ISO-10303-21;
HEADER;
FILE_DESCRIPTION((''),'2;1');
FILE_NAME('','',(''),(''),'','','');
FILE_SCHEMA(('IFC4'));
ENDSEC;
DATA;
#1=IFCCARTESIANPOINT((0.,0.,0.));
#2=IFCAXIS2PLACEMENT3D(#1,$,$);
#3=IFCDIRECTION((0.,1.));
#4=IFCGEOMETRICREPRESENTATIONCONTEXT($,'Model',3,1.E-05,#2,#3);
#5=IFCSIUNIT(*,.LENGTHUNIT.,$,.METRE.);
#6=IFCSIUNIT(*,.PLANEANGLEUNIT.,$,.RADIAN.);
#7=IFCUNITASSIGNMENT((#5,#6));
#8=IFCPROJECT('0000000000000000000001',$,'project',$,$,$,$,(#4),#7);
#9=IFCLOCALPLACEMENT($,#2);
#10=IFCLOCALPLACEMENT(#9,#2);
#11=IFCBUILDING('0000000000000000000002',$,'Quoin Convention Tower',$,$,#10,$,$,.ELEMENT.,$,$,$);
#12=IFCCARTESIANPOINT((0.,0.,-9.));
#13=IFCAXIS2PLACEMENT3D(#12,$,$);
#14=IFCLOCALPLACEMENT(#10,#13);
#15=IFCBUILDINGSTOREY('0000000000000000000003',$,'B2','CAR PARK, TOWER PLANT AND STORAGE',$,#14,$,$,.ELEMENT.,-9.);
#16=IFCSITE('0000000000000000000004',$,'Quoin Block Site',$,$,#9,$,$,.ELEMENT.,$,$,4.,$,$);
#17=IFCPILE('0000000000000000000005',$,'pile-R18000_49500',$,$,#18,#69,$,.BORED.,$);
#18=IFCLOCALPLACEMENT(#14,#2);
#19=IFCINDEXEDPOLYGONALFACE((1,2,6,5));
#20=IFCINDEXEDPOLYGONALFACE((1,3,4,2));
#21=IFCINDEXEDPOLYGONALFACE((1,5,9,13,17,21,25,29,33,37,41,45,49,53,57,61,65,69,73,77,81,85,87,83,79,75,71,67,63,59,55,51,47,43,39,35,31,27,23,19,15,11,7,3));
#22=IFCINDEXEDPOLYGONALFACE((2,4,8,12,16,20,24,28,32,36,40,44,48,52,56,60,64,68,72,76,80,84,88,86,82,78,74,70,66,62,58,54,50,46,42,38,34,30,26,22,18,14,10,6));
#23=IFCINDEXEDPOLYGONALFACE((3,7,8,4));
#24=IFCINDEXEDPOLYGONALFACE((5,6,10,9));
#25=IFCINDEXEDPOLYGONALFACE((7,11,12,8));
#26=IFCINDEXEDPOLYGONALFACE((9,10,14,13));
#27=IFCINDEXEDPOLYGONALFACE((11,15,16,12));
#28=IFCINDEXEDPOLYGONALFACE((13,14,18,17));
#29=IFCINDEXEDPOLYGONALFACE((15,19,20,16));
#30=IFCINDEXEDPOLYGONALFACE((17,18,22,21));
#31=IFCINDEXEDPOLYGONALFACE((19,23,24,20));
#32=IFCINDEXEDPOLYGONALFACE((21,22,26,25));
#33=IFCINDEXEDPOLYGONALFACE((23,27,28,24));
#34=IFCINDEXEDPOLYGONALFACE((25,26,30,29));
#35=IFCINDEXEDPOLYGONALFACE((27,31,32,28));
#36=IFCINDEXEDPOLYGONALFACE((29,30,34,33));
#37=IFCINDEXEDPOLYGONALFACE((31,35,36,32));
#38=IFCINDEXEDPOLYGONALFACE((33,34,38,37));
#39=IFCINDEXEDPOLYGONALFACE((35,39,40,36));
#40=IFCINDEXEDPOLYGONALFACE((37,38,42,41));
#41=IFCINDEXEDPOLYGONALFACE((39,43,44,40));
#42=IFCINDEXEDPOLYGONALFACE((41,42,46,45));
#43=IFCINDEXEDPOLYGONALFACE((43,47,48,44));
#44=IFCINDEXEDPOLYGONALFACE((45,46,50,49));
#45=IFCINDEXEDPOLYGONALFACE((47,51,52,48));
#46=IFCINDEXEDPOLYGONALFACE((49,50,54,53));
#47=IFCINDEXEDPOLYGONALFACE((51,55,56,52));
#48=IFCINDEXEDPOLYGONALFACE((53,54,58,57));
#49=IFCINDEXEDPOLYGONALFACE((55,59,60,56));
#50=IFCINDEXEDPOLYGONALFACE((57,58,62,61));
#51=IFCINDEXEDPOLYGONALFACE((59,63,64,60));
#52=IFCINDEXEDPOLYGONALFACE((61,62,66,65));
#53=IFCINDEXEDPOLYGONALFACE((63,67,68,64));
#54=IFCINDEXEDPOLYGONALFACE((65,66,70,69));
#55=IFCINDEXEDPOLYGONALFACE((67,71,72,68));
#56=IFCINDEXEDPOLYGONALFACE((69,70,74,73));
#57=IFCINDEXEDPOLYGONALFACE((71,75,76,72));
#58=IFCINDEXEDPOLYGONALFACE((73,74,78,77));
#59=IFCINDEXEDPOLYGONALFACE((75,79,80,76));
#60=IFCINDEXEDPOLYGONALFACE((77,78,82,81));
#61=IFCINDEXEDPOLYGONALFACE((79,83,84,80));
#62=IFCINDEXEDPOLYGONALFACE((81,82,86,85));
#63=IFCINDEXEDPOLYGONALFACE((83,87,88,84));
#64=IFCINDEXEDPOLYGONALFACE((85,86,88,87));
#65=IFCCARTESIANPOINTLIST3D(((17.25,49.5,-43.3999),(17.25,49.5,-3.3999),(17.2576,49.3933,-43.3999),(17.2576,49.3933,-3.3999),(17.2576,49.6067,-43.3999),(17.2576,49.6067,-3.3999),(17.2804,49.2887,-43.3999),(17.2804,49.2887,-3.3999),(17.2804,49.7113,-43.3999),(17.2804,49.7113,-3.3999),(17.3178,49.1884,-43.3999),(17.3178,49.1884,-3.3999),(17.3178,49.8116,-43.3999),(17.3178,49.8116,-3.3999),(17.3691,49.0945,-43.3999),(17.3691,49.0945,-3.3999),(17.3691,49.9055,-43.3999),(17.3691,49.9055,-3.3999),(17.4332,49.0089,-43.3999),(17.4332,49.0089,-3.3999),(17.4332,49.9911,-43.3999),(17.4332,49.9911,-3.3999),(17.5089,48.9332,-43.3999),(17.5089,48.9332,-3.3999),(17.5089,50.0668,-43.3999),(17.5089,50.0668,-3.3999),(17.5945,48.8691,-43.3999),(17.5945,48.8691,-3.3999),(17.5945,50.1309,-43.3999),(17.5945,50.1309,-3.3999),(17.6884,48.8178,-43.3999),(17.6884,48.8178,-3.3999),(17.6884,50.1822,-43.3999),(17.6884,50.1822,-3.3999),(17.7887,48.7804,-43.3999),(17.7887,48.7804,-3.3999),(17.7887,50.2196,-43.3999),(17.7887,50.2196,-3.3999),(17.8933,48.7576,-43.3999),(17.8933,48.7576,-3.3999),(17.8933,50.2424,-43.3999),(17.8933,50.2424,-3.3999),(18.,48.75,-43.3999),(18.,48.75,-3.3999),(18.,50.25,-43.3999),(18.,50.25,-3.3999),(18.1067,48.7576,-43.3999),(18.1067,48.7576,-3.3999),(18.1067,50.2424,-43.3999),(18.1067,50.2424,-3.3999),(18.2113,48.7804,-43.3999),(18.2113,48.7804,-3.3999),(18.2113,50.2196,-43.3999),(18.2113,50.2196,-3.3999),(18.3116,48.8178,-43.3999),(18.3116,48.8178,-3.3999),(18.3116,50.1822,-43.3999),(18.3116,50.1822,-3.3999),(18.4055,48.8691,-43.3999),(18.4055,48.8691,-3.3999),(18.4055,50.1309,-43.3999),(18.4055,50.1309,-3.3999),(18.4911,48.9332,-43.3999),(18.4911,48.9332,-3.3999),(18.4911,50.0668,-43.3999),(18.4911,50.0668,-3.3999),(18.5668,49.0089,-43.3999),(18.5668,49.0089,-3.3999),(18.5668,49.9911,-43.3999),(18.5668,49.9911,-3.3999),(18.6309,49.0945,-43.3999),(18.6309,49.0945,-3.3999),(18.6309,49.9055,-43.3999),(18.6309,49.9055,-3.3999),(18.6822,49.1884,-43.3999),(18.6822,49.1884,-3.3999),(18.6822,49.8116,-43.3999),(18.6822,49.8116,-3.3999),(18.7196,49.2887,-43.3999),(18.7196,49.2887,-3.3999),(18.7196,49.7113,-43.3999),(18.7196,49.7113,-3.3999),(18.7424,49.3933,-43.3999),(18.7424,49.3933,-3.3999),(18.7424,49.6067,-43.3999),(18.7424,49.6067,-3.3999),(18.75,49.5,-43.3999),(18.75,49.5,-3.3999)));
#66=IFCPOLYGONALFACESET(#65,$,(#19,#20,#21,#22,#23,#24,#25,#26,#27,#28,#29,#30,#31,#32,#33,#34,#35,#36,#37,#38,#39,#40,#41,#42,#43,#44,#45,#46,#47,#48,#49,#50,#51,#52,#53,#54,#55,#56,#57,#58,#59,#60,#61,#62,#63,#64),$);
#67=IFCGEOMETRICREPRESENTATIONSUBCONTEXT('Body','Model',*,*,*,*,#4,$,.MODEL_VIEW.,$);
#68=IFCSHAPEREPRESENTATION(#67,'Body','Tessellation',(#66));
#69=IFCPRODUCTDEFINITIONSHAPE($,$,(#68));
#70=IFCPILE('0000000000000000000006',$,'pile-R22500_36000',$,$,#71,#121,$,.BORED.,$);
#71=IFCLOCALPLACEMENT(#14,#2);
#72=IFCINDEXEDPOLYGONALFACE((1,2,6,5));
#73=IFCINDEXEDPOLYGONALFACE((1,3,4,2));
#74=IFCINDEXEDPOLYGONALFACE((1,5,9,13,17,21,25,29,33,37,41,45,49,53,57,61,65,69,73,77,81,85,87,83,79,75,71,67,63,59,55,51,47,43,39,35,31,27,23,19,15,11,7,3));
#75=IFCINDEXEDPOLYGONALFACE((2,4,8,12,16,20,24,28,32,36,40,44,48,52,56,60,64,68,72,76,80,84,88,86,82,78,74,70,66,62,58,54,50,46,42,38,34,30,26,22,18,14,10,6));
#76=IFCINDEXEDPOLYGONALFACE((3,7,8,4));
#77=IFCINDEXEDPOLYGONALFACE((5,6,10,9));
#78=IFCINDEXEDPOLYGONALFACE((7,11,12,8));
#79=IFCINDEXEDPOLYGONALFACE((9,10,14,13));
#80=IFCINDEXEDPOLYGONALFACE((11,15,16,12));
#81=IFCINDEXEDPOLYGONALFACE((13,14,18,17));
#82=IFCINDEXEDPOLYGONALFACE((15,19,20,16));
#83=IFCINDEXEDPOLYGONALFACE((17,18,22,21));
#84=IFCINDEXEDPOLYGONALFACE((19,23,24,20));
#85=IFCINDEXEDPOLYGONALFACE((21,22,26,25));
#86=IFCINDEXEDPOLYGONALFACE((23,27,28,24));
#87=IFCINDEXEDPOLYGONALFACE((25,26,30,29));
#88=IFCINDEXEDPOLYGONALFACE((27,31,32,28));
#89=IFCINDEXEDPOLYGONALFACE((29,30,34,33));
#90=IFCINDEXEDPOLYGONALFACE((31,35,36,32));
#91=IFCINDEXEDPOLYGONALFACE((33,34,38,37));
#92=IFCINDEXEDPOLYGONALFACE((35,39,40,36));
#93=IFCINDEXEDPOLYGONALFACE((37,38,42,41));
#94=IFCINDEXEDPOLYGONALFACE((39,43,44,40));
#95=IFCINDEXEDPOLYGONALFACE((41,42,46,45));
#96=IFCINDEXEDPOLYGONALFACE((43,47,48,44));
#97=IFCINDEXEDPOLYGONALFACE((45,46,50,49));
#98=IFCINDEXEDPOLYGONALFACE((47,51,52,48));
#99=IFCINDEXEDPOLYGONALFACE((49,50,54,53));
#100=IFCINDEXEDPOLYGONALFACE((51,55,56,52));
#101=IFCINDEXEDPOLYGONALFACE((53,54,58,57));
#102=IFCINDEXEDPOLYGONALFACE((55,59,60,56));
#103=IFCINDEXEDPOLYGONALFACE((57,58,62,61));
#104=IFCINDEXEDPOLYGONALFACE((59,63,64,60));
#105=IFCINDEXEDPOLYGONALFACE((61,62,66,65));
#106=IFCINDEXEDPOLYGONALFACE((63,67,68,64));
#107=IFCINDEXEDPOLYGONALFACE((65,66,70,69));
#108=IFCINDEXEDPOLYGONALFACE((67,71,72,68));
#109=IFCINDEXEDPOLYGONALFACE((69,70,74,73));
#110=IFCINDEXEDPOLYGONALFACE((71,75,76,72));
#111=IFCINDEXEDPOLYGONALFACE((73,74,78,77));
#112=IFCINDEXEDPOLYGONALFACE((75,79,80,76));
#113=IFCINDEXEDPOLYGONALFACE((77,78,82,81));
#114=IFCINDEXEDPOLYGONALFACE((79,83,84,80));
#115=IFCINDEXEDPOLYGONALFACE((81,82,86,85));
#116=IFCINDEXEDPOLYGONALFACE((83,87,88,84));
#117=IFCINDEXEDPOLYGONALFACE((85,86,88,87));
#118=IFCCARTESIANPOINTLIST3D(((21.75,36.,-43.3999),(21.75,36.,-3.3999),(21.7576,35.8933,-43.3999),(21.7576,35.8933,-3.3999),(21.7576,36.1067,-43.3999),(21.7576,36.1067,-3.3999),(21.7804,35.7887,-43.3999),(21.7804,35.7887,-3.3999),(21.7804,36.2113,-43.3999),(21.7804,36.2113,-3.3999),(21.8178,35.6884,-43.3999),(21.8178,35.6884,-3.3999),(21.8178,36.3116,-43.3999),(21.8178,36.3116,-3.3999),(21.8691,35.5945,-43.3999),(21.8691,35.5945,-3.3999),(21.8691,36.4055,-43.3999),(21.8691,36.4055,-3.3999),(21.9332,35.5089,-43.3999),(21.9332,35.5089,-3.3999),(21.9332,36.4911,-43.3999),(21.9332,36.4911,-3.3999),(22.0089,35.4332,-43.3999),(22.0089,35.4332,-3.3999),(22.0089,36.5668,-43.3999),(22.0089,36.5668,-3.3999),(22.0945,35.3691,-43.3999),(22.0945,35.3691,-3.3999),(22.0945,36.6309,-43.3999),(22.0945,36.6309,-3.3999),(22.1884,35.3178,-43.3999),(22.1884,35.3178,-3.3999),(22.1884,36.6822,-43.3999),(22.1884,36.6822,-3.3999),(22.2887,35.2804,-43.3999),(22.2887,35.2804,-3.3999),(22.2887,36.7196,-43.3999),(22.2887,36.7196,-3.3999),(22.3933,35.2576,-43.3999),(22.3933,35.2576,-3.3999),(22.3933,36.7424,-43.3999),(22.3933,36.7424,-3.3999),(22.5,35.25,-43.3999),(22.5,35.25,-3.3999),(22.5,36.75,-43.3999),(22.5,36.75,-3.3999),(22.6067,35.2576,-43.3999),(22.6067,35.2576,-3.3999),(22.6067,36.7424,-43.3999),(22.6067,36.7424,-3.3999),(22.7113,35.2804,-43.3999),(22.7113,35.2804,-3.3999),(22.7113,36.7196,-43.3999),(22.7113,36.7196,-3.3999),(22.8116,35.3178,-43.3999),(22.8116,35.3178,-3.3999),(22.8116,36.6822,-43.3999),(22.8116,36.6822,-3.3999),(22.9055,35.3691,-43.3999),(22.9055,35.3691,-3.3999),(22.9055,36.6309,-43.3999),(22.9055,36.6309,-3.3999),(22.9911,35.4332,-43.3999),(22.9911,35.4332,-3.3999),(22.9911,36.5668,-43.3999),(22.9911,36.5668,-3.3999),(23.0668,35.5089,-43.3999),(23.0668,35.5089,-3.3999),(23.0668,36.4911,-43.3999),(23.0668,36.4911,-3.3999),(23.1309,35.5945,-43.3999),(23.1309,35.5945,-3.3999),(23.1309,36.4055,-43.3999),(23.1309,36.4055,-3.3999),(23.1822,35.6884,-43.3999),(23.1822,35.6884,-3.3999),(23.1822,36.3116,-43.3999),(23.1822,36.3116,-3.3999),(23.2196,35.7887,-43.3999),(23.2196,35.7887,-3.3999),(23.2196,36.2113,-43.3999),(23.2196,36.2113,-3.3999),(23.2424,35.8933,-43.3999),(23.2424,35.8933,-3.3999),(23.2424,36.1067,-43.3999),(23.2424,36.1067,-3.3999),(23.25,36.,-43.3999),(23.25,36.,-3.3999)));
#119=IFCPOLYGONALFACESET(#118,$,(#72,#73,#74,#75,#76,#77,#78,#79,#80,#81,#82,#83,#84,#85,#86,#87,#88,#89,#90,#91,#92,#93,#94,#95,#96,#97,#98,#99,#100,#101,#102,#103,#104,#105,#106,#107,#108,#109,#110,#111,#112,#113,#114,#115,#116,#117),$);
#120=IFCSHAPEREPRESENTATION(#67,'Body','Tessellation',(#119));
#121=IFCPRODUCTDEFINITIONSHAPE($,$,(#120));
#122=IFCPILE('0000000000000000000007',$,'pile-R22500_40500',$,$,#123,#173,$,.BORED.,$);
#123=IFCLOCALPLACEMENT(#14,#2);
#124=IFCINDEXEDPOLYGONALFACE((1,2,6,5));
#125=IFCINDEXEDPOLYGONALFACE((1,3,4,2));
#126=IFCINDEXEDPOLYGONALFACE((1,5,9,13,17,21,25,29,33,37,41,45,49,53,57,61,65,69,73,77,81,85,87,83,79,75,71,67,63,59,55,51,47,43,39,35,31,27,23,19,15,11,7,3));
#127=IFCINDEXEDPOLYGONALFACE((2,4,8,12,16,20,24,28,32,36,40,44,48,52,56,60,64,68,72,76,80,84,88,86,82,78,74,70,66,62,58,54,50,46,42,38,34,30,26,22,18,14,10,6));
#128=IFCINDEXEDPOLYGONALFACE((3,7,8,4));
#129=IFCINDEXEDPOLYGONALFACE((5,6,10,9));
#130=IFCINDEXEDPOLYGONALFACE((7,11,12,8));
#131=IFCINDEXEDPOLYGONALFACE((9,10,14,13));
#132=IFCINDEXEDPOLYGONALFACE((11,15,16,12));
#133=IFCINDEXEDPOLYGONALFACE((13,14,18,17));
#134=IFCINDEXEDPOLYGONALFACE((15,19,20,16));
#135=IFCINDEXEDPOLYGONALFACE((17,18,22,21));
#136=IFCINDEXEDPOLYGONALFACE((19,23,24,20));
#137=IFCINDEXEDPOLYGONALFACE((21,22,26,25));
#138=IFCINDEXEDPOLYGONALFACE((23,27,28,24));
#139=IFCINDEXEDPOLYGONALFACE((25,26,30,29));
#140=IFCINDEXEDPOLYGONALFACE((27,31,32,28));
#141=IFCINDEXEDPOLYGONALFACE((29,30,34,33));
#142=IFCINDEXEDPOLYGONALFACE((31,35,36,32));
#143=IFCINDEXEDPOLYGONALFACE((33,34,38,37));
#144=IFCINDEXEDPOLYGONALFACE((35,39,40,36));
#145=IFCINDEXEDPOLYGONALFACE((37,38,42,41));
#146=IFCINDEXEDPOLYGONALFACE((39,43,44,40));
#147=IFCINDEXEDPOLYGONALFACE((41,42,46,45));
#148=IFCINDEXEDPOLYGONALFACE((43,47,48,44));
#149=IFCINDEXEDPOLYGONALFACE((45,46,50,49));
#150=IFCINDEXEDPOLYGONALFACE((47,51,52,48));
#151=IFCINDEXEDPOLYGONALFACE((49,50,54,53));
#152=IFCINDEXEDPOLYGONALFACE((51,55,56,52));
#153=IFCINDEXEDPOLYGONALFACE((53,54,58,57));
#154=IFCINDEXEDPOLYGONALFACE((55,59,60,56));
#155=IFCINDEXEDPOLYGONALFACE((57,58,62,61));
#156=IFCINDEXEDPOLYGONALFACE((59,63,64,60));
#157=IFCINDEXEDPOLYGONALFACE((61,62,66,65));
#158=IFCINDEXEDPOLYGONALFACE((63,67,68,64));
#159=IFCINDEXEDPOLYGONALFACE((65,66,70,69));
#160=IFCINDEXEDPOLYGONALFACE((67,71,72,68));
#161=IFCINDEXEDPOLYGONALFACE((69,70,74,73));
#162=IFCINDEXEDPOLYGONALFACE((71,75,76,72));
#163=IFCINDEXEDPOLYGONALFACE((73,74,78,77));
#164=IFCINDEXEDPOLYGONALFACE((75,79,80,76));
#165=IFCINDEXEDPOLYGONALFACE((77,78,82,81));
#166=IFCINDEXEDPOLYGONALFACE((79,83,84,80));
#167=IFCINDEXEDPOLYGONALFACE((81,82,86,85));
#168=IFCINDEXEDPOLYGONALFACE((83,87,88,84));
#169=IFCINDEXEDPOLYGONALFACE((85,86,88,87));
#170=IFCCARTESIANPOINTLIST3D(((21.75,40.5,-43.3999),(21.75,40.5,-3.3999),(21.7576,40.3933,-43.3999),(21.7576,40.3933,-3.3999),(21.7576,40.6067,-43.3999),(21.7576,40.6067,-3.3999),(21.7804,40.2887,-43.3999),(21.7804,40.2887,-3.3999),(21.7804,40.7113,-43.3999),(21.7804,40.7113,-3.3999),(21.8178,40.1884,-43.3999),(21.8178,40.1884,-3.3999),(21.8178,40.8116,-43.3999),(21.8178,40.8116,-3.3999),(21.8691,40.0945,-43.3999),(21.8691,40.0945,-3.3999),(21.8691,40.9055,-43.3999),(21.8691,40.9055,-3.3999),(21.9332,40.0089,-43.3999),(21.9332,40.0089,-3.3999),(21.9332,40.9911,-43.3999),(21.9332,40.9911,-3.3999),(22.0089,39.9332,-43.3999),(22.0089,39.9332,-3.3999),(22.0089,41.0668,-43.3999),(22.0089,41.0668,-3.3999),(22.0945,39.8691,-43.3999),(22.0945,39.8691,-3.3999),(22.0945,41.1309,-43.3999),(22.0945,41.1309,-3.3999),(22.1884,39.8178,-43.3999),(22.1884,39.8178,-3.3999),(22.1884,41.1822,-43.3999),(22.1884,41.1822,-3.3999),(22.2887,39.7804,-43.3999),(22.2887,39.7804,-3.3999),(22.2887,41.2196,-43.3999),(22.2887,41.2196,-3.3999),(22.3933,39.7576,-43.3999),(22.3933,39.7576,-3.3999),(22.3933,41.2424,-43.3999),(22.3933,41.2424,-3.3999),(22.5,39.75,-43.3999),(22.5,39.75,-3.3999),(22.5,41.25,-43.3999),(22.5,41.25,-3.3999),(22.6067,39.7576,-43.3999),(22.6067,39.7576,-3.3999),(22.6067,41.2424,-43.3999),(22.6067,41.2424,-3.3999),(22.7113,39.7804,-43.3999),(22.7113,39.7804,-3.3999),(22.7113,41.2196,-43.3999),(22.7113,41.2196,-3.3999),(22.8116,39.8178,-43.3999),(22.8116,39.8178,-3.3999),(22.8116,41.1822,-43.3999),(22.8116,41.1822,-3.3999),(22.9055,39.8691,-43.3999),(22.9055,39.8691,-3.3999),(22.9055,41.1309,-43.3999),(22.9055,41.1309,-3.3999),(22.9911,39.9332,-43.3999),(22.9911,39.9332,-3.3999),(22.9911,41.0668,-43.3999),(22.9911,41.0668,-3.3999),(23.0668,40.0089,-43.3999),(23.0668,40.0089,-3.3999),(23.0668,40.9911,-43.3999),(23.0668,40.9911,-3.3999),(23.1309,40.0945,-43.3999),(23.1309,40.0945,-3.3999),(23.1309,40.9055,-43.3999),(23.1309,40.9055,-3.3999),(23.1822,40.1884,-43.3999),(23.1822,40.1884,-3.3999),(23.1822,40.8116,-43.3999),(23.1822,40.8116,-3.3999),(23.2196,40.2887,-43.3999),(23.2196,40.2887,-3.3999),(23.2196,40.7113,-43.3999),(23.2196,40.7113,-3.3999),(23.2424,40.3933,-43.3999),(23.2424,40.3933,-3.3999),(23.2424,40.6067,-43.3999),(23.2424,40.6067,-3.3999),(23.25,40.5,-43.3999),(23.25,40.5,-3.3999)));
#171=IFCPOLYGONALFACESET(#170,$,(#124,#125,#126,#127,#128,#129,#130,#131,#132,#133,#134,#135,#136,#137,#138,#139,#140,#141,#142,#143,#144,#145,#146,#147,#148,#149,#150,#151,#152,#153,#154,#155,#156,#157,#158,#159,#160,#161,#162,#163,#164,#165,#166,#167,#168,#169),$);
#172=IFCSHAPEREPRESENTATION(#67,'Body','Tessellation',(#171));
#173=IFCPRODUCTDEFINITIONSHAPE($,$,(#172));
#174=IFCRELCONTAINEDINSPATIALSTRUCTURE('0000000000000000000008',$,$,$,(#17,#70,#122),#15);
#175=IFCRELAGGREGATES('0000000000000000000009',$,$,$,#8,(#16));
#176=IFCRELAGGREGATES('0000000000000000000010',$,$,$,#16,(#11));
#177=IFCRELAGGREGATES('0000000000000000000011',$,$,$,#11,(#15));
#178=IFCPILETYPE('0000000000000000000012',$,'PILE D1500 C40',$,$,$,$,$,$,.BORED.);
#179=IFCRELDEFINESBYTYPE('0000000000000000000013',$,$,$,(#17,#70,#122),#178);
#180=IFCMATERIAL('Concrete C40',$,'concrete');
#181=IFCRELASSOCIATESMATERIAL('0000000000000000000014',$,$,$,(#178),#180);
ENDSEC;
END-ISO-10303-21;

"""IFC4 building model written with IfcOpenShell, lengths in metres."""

from ifc_helpers import new_model, si_unit, direction, frame, origin, origin_2d, place, context, subcontext, project, spatial, circle, extrude, material, material_profile, profile_set, type_object, element, save


model = new_model("IFC4")

# Units and contexts
model_context = context("Model", 3, precision=1e-05, world=origin(), true_north=direction((0.0, 1.0)))
body_context = subcontext(model_context, "Body", "Model", "MODEL_VIEW")
ifc_project = project(units=[si_unit("LENGTHUNIT", "METRE"), si_unit("PLANEANGLEUNIT", "RADIAN")], contexts=[model_context])

# Site, building, storey
site_placement = place(None, origin())
site = spatial("IfcSite", under=ifc_project, at=site_placement, Name="Quoin Block Site", CompositionType="ELEMENT", RefElevation=4.0)
building_placement = place(site_placement, origin())
building = spatial("IfcBuilding", under=site, at=building_placement, Name="Quoin Convention Tower", CompositionType="ELEMENT")
storey_placement = place(building_placement, frame((0.0, 0.0, -9.0)))
storey = spatial("IfcBuildingStorey", under=building, at=storey_placement, Name="B2", Description="CAR PARK, TOWER PLANT AND STORAGE", CompositionType="ELEMENT", Elevation=-9.0)

# Piles
ifc_material_1 = material(Name="Concrete C40", Category="concrete")
ifc_material_profile_1 = material_profile(ifc_material_1, circle(Radius=0.75, at=origin_2d()), Name="D1500")
ifc_profile_set_1 = profile_set([ifc_material_profile_1], Name="Concrete C40")
pile_type = type_object("IfcPileType", Name="PILE D1500 C40", PredefinedType="BORED", material=ifc_profile_set_1)
for number, where, z_axis, x_axis, name in (
    (1, (18.0, 49.5, -3.3999), (0.0, 0.0, -1.0), (1.0, 0.0, 0.0), "pile-R18000_49500"),
    (2, (22.5, 36.0, -3.3999), (0.0, 0.0, -1.0), (1.0, 0.0, 0.0), "pile-R22500_36000"),
    (3, (22.5, 40.5, -3.3999), (0.0, 0.0, -1.0), (1.0, 0.0, 0.0), "pile-R22500_40500"),
):
    element("IfcPile", number, at=place(storey_placement, frame(where, z_axis=z_axis, x_axis=x_axis)), inside=storey, type_object=pile_type, Name=name, PredefinedType="BORED", context=body_context, shape_type="SweptSolid", body=[
        extrude(circle(Radius=0.75, at=origin_2d()), origin(), (0.0, 0.0, 1.0), 40.0),
    ])

save(model, "model.ifc")
